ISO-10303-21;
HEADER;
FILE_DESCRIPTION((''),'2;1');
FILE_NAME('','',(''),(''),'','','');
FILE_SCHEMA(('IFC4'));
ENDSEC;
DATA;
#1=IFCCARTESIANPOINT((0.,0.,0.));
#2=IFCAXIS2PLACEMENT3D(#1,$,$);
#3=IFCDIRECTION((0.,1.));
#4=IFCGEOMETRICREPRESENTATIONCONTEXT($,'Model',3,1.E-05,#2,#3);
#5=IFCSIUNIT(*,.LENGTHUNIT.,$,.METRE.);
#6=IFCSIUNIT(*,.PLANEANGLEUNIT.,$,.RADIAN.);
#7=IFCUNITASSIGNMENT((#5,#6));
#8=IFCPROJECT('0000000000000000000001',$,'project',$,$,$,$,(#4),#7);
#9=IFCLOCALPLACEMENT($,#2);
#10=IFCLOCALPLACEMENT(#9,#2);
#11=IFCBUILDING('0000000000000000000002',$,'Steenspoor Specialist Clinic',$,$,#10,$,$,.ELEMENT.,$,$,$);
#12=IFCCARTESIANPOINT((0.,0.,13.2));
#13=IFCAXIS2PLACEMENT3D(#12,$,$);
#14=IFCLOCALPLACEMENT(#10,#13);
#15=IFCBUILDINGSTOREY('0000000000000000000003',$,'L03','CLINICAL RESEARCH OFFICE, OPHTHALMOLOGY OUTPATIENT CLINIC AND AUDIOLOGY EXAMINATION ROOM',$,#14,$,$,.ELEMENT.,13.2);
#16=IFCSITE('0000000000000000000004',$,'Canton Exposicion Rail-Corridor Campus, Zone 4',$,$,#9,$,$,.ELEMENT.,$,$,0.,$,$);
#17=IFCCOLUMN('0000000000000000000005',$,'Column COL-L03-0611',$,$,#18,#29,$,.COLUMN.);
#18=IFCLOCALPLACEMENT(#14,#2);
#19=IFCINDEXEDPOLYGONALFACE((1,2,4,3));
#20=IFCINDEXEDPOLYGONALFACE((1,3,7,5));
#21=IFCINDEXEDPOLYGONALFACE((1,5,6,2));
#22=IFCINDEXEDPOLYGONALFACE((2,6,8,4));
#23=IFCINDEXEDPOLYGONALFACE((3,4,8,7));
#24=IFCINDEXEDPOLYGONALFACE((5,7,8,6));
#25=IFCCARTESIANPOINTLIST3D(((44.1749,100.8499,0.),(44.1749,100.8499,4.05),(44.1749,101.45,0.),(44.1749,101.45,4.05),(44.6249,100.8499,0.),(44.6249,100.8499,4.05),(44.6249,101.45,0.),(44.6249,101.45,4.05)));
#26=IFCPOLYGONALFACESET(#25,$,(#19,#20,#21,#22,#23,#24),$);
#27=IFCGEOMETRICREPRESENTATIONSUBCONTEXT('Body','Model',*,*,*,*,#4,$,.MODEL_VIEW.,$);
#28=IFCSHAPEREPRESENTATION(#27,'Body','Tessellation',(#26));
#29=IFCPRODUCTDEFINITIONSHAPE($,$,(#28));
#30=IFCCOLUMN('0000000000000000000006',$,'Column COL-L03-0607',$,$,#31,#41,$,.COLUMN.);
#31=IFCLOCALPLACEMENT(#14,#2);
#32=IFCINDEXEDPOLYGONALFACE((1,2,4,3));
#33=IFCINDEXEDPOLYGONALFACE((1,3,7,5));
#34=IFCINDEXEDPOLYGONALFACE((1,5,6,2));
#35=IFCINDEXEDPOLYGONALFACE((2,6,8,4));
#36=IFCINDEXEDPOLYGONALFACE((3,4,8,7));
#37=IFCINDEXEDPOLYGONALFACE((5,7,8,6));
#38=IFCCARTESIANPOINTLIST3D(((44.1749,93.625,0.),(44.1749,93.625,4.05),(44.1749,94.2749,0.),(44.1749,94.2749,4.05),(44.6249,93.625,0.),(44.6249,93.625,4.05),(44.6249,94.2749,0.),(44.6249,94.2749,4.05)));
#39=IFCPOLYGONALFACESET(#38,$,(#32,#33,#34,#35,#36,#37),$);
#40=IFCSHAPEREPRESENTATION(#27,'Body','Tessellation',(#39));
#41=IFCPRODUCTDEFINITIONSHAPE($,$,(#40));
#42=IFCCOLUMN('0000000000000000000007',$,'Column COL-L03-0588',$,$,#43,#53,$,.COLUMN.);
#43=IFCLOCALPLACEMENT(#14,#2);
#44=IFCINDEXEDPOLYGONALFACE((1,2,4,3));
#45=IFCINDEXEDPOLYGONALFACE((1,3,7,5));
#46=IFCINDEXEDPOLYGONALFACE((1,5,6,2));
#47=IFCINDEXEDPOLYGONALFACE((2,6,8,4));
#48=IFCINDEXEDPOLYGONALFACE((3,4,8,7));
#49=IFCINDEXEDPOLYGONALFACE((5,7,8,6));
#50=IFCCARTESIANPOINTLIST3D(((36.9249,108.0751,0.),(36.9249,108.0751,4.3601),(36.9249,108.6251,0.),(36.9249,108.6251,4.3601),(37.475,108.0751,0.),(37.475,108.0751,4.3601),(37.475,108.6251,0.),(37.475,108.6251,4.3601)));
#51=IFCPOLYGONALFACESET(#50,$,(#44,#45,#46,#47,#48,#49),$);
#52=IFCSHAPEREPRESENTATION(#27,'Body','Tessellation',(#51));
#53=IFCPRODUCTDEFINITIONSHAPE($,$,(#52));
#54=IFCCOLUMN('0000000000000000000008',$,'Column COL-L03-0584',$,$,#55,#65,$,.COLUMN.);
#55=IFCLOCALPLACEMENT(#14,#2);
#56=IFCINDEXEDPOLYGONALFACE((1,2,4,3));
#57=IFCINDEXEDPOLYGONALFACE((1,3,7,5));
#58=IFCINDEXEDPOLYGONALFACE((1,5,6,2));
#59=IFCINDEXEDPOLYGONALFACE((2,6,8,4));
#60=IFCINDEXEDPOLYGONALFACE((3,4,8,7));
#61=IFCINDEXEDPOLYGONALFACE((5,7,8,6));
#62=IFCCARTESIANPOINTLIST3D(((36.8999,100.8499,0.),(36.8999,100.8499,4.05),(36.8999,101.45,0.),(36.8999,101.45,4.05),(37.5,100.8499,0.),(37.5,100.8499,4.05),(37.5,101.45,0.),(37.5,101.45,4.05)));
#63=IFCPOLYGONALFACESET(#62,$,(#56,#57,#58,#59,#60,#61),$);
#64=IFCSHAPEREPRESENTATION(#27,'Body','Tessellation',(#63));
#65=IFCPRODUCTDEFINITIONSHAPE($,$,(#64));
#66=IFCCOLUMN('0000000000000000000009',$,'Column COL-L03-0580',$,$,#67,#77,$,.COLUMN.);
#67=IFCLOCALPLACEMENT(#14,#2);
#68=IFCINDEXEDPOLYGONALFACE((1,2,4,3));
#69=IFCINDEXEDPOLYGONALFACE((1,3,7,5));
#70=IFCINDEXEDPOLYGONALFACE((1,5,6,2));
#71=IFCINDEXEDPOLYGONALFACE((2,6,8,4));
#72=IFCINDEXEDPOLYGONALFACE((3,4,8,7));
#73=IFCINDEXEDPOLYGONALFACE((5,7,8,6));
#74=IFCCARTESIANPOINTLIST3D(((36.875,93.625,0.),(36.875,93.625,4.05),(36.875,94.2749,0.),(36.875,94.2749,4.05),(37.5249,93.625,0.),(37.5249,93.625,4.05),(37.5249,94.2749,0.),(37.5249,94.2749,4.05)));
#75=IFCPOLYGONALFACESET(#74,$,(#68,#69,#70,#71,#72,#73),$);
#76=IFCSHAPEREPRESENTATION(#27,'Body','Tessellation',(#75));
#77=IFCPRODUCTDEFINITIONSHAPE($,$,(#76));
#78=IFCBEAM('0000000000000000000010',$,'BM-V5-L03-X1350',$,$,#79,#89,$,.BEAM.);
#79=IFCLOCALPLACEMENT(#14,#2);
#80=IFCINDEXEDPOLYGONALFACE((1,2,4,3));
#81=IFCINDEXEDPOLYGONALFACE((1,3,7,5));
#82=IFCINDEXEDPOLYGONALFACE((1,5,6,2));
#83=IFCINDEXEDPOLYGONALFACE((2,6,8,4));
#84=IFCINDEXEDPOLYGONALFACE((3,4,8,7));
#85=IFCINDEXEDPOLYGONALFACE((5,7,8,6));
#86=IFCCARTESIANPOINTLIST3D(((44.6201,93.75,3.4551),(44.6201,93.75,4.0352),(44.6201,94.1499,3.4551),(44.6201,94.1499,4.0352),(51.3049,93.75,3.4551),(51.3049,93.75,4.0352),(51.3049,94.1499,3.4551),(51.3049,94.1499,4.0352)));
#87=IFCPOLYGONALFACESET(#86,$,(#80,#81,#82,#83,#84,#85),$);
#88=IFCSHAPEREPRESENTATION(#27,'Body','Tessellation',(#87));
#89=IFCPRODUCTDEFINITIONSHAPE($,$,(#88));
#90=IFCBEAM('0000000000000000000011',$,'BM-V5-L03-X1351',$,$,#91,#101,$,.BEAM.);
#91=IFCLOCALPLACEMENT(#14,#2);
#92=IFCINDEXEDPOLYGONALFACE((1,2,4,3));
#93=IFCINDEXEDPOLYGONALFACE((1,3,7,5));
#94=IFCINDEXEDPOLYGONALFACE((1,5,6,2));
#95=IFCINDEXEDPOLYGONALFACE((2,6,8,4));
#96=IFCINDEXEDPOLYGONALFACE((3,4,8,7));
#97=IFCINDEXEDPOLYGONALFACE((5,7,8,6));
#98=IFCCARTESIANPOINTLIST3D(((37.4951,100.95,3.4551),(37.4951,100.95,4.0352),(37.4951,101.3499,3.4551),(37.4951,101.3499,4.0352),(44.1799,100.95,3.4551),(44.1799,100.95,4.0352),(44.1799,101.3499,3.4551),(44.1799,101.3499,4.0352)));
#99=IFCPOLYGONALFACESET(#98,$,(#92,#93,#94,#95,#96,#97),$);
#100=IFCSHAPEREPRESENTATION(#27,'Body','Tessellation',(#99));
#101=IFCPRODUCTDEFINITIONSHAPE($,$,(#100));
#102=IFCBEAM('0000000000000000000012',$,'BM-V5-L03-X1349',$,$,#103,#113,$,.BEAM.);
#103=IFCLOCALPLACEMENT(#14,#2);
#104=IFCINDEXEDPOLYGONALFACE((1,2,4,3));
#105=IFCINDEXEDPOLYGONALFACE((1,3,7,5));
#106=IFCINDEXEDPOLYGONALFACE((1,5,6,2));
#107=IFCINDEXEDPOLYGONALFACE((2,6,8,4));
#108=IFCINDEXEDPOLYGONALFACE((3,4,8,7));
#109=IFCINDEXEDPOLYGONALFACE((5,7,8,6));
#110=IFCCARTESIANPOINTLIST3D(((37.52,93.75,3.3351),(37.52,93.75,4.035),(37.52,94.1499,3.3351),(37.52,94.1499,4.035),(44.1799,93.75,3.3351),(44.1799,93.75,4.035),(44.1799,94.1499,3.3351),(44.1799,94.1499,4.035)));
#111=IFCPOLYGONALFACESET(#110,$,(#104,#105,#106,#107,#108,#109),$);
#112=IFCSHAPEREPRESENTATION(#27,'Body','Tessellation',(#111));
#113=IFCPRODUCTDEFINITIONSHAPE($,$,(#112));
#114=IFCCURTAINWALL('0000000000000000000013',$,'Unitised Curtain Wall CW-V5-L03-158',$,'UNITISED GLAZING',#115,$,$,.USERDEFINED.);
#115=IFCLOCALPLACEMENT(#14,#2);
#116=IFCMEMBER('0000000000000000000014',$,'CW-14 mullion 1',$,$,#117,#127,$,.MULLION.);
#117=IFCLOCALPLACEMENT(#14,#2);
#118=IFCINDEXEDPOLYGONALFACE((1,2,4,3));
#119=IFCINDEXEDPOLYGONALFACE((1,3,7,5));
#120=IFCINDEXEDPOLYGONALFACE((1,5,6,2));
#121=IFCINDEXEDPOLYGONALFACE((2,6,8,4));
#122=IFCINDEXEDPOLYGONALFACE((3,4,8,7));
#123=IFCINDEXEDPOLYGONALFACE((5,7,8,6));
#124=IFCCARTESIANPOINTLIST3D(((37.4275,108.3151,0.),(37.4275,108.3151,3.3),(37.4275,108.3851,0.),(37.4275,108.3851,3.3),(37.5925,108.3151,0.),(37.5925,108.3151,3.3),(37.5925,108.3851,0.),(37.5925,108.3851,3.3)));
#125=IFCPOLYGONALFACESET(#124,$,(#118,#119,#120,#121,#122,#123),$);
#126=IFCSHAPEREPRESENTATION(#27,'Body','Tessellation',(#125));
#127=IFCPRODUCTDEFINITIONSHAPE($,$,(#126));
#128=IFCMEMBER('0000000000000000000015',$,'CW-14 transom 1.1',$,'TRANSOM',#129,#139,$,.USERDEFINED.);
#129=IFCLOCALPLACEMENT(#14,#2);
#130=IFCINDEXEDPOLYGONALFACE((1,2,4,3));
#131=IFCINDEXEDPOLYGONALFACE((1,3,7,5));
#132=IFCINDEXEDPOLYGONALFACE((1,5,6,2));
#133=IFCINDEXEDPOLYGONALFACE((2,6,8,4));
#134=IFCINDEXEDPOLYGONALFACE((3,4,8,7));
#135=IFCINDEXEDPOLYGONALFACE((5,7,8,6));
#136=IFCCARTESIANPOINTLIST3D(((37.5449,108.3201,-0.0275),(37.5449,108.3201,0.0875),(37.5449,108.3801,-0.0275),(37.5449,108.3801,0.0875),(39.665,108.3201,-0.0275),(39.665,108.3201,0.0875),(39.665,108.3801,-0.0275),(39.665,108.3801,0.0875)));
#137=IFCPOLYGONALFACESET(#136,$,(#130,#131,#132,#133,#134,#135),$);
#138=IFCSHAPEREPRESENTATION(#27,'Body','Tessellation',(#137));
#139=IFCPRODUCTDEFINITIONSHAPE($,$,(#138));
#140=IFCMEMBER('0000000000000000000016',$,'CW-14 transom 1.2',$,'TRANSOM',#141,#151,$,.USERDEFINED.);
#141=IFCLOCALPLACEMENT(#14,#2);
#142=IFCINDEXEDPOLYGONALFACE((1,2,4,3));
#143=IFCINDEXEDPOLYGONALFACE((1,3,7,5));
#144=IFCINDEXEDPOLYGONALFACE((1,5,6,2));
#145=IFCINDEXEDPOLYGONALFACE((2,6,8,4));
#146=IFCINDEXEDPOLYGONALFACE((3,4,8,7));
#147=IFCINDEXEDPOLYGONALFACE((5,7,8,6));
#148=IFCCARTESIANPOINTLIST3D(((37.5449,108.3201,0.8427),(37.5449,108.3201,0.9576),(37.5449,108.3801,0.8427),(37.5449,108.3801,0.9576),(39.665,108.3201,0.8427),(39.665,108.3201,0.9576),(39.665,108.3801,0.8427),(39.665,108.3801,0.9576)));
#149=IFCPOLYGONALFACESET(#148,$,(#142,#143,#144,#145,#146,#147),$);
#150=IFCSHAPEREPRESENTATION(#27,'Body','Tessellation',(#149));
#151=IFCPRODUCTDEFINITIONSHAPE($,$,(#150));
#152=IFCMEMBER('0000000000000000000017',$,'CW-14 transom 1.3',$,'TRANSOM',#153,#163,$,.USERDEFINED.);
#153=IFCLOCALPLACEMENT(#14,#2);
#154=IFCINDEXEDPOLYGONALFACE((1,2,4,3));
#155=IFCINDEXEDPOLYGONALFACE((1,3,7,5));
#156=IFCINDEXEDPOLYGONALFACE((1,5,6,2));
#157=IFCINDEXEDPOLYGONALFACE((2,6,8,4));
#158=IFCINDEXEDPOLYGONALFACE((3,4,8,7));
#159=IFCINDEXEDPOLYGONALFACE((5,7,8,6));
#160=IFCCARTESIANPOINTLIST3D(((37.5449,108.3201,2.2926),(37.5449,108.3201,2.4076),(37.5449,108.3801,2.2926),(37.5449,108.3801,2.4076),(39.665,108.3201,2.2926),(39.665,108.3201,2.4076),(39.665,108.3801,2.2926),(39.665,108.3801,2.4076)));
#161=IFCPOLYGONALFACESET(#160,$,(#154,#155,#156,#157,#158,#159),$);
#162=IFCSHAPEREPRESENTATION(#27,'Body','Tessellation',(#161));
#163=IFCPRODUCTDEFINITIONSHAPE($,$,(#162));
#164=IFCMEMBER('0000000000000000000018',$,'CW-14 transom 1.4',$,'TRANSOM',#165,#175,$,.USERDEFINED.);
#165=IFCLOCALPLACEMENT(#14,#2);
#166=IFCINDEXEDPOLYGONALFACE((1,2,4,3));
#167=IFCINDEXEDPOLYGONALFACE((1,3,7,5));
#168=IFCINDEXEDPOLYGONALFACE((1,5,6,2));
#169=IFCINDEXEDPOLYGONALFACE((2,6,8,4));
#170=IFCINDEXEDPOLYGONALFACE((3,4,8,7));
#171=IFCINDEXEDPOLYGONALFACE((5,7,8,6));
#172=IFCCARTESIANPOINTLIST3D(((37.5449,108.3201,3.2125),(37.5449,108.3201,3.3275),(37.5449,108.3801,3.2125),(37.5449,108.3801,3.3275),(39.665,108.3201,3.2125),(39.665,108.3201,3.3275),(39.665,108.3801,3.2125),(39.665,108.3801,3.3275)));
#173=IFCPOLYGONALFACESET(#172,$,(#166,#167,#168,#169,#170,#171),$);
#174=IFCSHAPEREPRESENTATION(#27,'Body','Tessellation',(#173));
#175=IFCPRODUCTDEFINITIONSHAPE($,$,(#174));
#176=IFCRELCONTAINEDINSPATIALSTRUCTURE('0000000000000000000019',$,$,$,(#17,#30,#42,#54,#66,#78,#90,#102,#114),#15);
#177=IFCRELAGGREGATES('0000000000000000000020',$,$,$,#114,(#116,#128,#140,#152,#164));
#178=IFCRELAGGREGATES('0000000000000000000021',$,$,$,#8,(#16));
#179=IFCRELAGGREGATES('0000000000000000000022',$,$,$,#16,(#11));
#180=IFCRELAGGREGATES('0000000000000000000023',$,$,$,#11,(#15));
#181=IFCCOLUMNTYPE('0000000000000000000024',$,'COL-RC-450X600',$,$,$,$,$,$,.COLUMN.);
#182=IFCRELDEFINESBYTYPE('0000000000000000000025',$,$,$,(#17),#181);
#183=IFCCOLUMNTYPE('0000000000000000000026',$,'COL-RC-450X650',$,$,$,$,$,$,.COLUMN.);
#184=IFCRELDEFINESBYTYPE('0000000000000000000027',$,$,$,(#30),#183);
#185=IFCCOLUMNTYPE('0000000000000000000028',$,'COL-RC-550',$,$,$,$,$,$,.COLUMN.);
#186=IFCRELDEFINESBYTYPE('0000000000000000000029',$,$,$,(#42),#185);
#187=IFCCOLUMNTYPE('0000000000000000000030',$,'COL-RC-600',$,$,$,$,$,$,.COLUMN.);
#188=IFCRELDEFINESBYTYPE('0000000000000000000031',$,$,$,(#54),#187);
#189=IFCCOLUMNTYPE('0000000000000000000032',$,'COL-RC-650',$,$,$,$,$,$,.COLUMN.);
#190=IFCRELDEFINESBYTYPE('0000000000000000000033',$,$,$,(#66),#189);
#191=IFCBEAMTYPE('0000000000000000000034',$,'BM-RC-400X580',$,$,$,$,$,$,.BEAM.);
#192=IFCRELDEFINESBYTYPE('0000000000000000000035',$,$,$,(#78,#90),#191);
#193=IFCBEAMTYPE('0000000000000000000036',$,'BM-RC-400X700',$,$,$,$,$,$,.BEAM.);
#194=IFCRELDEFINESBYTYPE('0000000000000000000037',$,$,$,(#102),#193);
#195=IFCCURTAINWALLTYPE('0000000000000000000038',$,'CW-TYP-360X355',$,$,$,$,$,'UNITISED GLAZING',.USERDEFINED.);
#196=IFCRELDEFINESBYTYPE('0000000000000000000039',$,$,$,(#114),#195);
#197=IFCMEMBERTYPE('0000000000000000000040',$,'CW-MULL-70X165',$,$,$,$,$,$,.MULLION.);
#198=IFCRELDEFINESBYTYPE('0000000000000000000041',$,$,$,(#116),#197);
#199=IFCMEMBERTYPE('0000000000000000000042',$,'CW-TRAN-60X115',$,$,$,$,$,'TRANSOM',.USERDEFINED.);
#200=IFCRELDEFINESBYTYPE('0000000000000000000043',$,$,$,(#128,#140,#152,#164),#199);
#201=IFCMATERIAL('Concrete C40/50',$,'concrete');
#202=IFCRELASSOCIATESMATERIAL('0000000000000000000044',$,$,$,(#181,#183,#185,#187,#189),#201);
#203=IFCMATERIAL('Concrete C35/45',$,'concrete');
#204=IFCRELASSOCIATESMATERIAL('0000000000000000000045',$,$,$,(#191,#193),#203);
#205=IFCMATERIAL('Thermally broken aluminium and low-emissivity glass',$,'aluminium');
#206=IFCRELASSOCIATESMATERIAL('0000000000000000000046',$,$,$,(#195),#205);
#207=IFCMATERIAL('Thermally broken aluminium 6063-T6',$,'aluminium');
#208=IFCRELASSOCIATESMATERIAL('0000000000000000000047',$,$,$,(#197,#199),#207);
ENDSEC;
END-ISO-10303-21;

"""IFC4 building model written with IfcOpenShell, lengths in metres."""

from ifc_helpers import new_model, si_unit, direction, frame, origin, origin_2d, place, context, subcontext, project, spatial, rectangle, extrude, material, material_profile, profile_set, type_object, element, aggregate, save


model = new_model("IFC4")

# Units and contexts
model_context = context("Model", 3, precision=1e-05, world=origin(), true_north=direction((0.0, 1.0)))
body_context = subcontext(model_context, "Body", "Model", "MODEL_VIEW")
ifc_project = project(units=[si_unit("LENGTHUNIT", "METRE"), si_unit("PLANEANGLEUNIT", "RADIAN")], contexts=[model_context])

# Site, building, storey
site_placement = place(None, origin())
site = spatial("IfcSite", under=ifc_project, at=site_placement, Name="Canton Exposicion Rail-Corridor Campus, Zone 4", CompositionType="ELEMENT", RefElevation=0.0)
building_placement = place(site_placement, origin())
building = spatial("IfcBuilding", under=site, at=building_placement, Name="Steenspoor Specialist Clinic", CompositionType="ELEMENT")
storey_placement = place(building_placement, frame((0.0, 0.0, 13.2)))
storey = spatial("IfcBuildingStorey", under=building, at=storey_placement, Name="L03", Description="CLINICAL RESEARCH OFFICE, OPHTHALMOLOGY OUTPATIENT CLINIC AND AUDIOLOGY EXAMINATION ROOM", CompositionType="ELEMENT", Elevation=13.2)

# Columns
ifc_material_1 = material(Name="Concrete C40/50", Category="concrete")
ifc_material_profile_1 = material_profile(ifc_material_1, rectangle(XDim=0.45, YDim=0.6001, at=origin_2d()), Name="RC-COL-450X600")
ifc_profile_set_1 = profile_set([ifc_material_profile_1], Name="Concrete C40/50")
column_type_1 = type_object("IfcColumnType", Name="COL-RC-450X600", PredefinedType="COLUMN", material=ifc_profile_set_1)
column_1_placement = place(storey_placement, frame((44.3999, 101.1499, 0.0), z_axis=(0.0, 0.0, 1.0), x_axis=(1.0, 0.0, 0.0)))
element("IfcColumn", 1, at=column_1_placement, inside=storey, type_object=column_type_1, Name="Column COL-L03-0611", PredefinedType="COLUMN", context=body_context, shape_type="SweptSolid", body=[
    extrude(rectangle(XDim=0.45, YDim=0.6001, at=origin_2d()), origin(), (0.0, 0.0, 1.0), 4.05),
])
ifc_material_profile_2 = material_profile(ifc_material_1, rectangle(XDim=0.45, YDim=0.6499, at=origin_2d()), Name="RC-COL-450X650")
ifc_profile_set_2 = profile_set([ifc_material_profile_2], Name="Concrete C40/50")
column_type_2 = type_object("IfcColumnType", Name="COL-RC-450X650", PredefinedType="COLUMN", material=ifc_profile_set_2)
column_2_placement = place(storey_placement, frame((44.3999, 93.95, 0.0), z_axis=(0.0, 0.0, 1.0), x_axis=(1.0, 0.0, 0.0)))
element("IfcColumn", 2, at=column_2_placement, inside=storey, type_object=column_type_2, Name="Column COL-L03-0607", PredefinedType="COLUMN", context=body_context, shape_type="SweptSolid", body=[
    extrude(rectangle(XDim=0.45, YDim=0.6499, at=origin_2d()), origin(), (0.0, 0.0, 1.0), 4.05),
])
ifc_material_profile_3 = material_profile(ifc_material_1, rectangle(XDim=0.55, YDim=0.55, at=origin_2d()), Name="RC-COL-550X550")
ifc_profile_set_3 = profile_set([ifc_material_profile_3], Name="Concrete C40/50")
column_type_3 = type_object("IfcColumnType", Name="COL-RC-550", PredefinedType="COLUMN", material=ifc_profile_set_3)
column_3_placement = place(storey_placement, frame((37.2, 108.3501, 0.0), z_axis=(0.0, 0.0, 1.0), x_axis=(1.0, 0.0, 0.0)))
element("IfcColumn", 3, at=column_3_placement, inside=storey, type_object=column_type_3, Name="Column COL-L03-0588", PredefinedType="COLUMN", context=body_context, shape_type="SweptSolid", body=[
    extrude(rectangle(XDim=0.55, YDim=0.55, at=origin_2d()), origin(), (0.0, 0.0, 1.0), 4.3601),
])
ifc_material_profile_4 = material_profile(ifc_material_1, rectangle(XDim=0.6001, YDim=0.6001, at=origin_2d()), Name="RC-COL-600X600")
ifc_profile_set_4 = profile_set([ifc_material_profile_4], Name="Concrete C40/50")
column_type_4 = type_object("IfcColumnType", Name="COL-RC-600", PredefinedType="COLUMN", material=ifc_profile_set_4)
column_4_placement = place(storey_placement, frame((37.2, 101.1499, 0.0), z_axis=(0.0, 0.0, 1.0), x_axis=(1.0, 0.0, 0.0)))
element("IfcColumn", 4, at=column_4_placement, inside=storey, type_object=column_type_4, Name="Column COL-L03-0584", PredefinedType="COLUMN", context=body_context, shape_type="SweptSolid", body=[
    extrude(rectangle(XDim=0.6001, YDim=0.6001, at=origin_2d()), origin(), (0.0, 0.0, 1.0), 4.05),
])
ifc_material_profile_5 = material_profile(ifc_material_1, rectangle(XDim=0.6499, YDim=0.6499, at=origin_2d()), Name="RC-COL-650X650")
ifc_profile_set_5 = profile_set([ifc_material_profile_5], Name="Concrete C40/50")
column_type_5 = type_object("IfcColumnType", Name="COL-RC-650", PredefinedType="COLUMN", material=ifc_profile_set_5)
column_5_placement = place(storey_placement, frame((37.2, 93.95, 0.0), z_axis=(0.0, 0.0, 1.0), x_axis=(1.0, 0.0, 0.0)))
element("IfcColumn", 5, at=column_5_placement, inside=storey, type_object=column_type_5, Name="Column COL-L03-0580", PredefinedType="COLUMN", context=body_context, shape_type="SweptSolid", body=[
    extrude(rectangle(XDim=0.6499, YDim=0.6499, at=origin_2d()), origin(), (0.0, 0.0, 1.0), 4.05),
])

# Beams
ifc_material_2 = material(Name="Concrete C35/45", Category="concrete")
ifc_material_profile_6 = material_profile(ifc_material_2, rectangle(XDim=0.3999, YDim=0.5801, at=origin_2d()), Name="RC-BM-400X580")
ifc_profile_set_6 = profile_set([ifc_material_profile_6], Name="Concrete C35/45")
beam_type_1 = type_object("IfcBeamType", Name="BM-RC-400X580", PredefinedType="BEAM", material=ifc_profile_set_6)
for number, where, z_axis, x_axis, name in (
    (6, (44.6201, 93.95, 3.7451), (1.0, 0.0, 0.0), (0.0, 1.0, 0.0), "BM-V5-L03-X1350"),
    (7, (37.4951, 101.1499, 3.7451), (1.0, 0.0, 0.0), (0.0, 1.0, 0.0), "BM-V5-L03-X1351"),
):
    element("IfcBeam", number, at=place(storey_placement, frame(where, z_axis=z_axis, x_axis=x_axis)), inside=storey, type_object=beam_type_1, Name=name, PredefinedType="BEAM", context=body_context, shape_type="SweptSolid", body=[
        extrude(rectangle(XDim=0.3999, YDim=0.5801, at=origin_2d()), origin(), (0.0, 0.0, 1.0), 6.6848),
    ])
ifc_material_profile_7 = material_profile(ifc_material_2, rectangle(XDim=0.3999, YDim=0.7, at=origin_2d()), Name="RC-BM-400X700")
ifc_profile_set_7 = profile_set([ifc_material_profile_7], Name="Concrete C35/45")
beam_type_2 = type_object("IfcBeamType", Name="BM-RC-400X700", PredefinedType="BEAM", material=ifc_profile_set_7)
beam_1_placement = place(storey_placement, frame((37.52, 93.95, 3.6851), z_axis=(1.0, 0.0, 0.0), x_axis=(0.0, 1.0, 0.0)))
element("IfcBeam", 8, at=beam_1_placement, inside=storey, type_object=beam_type_2, Name="BM-V5-L03-X1349", PredefinedType="BEAM", context=body_context, shape_type="SweptSolid", body=[
    extrude(rectangle(XDim=0.3999, YDim=0.7, at=origin_2d()), origin(), (0.0, 0.0, 1.0), 6.6599),
])

# Curtain wall, members
ifc_material_3 = material(Name="Thermally broken aluminium and low-emissivity glass", Category="aluminium")
curtain_wall_type = type_object("IfcCurtainWallType", Name="CW-TYP-360X355", ElementType="UNITISED GLAZING", PredefinedType="USERDEFINED", material=ifc_material_3)
curtain_wall_placement = place(storey_placement, origin())
curtain_wall = element("IfcCurtainWall", 9, at=curtain_wall_placement, inside=storey, type_object=curtain_wall_type, Name="Unitised Curtain Wall CW-V5-L03-158", ObjectType="UNITISED GLAZING", PredefinedType="USERDEFINED")
ifc_material_4 = material(Name="Thermally broken aluminium 6063-T6", Category="aluminium")
ifc_material_profile_8 = material_profile(ifc_material_4, rectangle(XDim=0.0701, YDim=0.165, at=origin_2d()), Name="CWM-70X165")
ifc_profile_set_8 = profile_set([ifc_material_profile_8], Name="Thermally broken aluminium 6063-T6")
member_type_1 = type_object("IfcMemberType", Name="CW-MULL-70X165", PredefinedType="MULLION", material=ifc_profile_set_8)
member_1_placement = place(storey_placement, frame((37.51, 108.3501, 0.0), z_axis=(0.0, 0.0, 1.0), x_axis=(0.0, 1.0, 0.0)))
member_1 = element("IfcMember", 10, at=member_1_placement, type_object=member_type_1, Name="CW-14 mullion 1", PredefinedType="MULLION", context=body_context, shape_type="SweptSolid", body=[
    extrude(rectangle(XDim=0.0701, YDim=0.165, at=origin_2d()), origin(), (0.0, 0.0, 1.0), 3.3),
])
ifc_material_profile_9 = material_profile(ifc_material_4, rectangle(XDim=0.0601, YDim=0.115, at=origin_2d()), Name="CWT-60X115")
ifc_profile_set_9 = profile_set([ifc_material_profile_9], Name="Thermally broken aluminium 6063-T6")
member_type_2 = type_object("IfcMemberType", Name="CW-TRAN-60X115", ElementType="TRANSOM", PredefinedType="USERDEFINED", material=ifc_profile_set_9)
member_2_placement = place(storey_placement, frame((37.5449, 108.3501, 0.03), z_axis=(1.0, 0.0, 0.0), x_axis=(0.0, 1.0, 0.0)))
member_2 = element("IfcMember", 11, at=member_2_placement, type_object=member_type_2, Name="CW-14 transom 1.1", ObjectType="TRANSOM", PredefinedType="USERDEFINED", context=body_context, shape_type="SweptSolid", body=[
    extrude(rectangle(XDim=0.0601, YDim=0.115, at=origin_2d()), origin(), (0.0, 0.0, 1.0), 2.1201),
])
member_3_placement = place(storey_placement, frame((37.5449, 108.3501, 0.9001), z_axis=(1.0, 0.0, 0.0), x_axis=(0.0, 1.0, 0.0)))
member_3 = element("IfcMember", 12, at=member_3_placement, type_object=member_type_2, Name="CW-14 transom 1.2", ObjectType="TRANSOM", PredefinedType="USERDEFINED", context=body_context, shape_type="SweptSolid", body=[
    extrude(rectangle(XDim=0.0601, YDim=0.115, at=origin_2d()), origin(), (0.0, 0.0, 1.0), 2.1201),
])
member_4_placement = place(storey_placement, frame((37.5449, 108.3501, 2.3501), z_axis=(1.0, 0.0, 0.0), x_axis=(0.0, 1.0, 0.0)))
member_4 = element("IfcMember", 13, at=member_4_placement, type_object=member_type_2, Name="CW-14 transom 1.3", ObjectType="TRANSOM", PredefinedType="USERDEFINED", context=body_context, shape_type="SweptSolid", body=[
    extrude(rectangle(XDim=0.0601, YDim=0.115, at=origin_2d()), origin(), (0.0, 0.0, 1.0), 2.1201),
])
member_5_placement = place(storey_placement, frame((37.5449, 108.3501, 3.27), z_axis=(1.0, 0.0, 0.0), x_axis=(0.0, 1.0, 0.0)))
member_5 = element("IfcMember", 14, at=member_5_placement, type_object=member_type_2, Name="CW-14 transom 1.4", ObjectType="TRANSOM", PredefinedType="USERDEFINED", context=body_context, shape_type="SweptSolid", body=[
    extrude(rectangle(XDim=0.0601, YDim=0.115, at=origin_2d()), origin(), (0.0, 0.0, 1.0), 2.1201),
])

aggregate(curtain_wall, [member_1, member_2, member_3, member_4, member_5])

save(model, "model.ifc")
